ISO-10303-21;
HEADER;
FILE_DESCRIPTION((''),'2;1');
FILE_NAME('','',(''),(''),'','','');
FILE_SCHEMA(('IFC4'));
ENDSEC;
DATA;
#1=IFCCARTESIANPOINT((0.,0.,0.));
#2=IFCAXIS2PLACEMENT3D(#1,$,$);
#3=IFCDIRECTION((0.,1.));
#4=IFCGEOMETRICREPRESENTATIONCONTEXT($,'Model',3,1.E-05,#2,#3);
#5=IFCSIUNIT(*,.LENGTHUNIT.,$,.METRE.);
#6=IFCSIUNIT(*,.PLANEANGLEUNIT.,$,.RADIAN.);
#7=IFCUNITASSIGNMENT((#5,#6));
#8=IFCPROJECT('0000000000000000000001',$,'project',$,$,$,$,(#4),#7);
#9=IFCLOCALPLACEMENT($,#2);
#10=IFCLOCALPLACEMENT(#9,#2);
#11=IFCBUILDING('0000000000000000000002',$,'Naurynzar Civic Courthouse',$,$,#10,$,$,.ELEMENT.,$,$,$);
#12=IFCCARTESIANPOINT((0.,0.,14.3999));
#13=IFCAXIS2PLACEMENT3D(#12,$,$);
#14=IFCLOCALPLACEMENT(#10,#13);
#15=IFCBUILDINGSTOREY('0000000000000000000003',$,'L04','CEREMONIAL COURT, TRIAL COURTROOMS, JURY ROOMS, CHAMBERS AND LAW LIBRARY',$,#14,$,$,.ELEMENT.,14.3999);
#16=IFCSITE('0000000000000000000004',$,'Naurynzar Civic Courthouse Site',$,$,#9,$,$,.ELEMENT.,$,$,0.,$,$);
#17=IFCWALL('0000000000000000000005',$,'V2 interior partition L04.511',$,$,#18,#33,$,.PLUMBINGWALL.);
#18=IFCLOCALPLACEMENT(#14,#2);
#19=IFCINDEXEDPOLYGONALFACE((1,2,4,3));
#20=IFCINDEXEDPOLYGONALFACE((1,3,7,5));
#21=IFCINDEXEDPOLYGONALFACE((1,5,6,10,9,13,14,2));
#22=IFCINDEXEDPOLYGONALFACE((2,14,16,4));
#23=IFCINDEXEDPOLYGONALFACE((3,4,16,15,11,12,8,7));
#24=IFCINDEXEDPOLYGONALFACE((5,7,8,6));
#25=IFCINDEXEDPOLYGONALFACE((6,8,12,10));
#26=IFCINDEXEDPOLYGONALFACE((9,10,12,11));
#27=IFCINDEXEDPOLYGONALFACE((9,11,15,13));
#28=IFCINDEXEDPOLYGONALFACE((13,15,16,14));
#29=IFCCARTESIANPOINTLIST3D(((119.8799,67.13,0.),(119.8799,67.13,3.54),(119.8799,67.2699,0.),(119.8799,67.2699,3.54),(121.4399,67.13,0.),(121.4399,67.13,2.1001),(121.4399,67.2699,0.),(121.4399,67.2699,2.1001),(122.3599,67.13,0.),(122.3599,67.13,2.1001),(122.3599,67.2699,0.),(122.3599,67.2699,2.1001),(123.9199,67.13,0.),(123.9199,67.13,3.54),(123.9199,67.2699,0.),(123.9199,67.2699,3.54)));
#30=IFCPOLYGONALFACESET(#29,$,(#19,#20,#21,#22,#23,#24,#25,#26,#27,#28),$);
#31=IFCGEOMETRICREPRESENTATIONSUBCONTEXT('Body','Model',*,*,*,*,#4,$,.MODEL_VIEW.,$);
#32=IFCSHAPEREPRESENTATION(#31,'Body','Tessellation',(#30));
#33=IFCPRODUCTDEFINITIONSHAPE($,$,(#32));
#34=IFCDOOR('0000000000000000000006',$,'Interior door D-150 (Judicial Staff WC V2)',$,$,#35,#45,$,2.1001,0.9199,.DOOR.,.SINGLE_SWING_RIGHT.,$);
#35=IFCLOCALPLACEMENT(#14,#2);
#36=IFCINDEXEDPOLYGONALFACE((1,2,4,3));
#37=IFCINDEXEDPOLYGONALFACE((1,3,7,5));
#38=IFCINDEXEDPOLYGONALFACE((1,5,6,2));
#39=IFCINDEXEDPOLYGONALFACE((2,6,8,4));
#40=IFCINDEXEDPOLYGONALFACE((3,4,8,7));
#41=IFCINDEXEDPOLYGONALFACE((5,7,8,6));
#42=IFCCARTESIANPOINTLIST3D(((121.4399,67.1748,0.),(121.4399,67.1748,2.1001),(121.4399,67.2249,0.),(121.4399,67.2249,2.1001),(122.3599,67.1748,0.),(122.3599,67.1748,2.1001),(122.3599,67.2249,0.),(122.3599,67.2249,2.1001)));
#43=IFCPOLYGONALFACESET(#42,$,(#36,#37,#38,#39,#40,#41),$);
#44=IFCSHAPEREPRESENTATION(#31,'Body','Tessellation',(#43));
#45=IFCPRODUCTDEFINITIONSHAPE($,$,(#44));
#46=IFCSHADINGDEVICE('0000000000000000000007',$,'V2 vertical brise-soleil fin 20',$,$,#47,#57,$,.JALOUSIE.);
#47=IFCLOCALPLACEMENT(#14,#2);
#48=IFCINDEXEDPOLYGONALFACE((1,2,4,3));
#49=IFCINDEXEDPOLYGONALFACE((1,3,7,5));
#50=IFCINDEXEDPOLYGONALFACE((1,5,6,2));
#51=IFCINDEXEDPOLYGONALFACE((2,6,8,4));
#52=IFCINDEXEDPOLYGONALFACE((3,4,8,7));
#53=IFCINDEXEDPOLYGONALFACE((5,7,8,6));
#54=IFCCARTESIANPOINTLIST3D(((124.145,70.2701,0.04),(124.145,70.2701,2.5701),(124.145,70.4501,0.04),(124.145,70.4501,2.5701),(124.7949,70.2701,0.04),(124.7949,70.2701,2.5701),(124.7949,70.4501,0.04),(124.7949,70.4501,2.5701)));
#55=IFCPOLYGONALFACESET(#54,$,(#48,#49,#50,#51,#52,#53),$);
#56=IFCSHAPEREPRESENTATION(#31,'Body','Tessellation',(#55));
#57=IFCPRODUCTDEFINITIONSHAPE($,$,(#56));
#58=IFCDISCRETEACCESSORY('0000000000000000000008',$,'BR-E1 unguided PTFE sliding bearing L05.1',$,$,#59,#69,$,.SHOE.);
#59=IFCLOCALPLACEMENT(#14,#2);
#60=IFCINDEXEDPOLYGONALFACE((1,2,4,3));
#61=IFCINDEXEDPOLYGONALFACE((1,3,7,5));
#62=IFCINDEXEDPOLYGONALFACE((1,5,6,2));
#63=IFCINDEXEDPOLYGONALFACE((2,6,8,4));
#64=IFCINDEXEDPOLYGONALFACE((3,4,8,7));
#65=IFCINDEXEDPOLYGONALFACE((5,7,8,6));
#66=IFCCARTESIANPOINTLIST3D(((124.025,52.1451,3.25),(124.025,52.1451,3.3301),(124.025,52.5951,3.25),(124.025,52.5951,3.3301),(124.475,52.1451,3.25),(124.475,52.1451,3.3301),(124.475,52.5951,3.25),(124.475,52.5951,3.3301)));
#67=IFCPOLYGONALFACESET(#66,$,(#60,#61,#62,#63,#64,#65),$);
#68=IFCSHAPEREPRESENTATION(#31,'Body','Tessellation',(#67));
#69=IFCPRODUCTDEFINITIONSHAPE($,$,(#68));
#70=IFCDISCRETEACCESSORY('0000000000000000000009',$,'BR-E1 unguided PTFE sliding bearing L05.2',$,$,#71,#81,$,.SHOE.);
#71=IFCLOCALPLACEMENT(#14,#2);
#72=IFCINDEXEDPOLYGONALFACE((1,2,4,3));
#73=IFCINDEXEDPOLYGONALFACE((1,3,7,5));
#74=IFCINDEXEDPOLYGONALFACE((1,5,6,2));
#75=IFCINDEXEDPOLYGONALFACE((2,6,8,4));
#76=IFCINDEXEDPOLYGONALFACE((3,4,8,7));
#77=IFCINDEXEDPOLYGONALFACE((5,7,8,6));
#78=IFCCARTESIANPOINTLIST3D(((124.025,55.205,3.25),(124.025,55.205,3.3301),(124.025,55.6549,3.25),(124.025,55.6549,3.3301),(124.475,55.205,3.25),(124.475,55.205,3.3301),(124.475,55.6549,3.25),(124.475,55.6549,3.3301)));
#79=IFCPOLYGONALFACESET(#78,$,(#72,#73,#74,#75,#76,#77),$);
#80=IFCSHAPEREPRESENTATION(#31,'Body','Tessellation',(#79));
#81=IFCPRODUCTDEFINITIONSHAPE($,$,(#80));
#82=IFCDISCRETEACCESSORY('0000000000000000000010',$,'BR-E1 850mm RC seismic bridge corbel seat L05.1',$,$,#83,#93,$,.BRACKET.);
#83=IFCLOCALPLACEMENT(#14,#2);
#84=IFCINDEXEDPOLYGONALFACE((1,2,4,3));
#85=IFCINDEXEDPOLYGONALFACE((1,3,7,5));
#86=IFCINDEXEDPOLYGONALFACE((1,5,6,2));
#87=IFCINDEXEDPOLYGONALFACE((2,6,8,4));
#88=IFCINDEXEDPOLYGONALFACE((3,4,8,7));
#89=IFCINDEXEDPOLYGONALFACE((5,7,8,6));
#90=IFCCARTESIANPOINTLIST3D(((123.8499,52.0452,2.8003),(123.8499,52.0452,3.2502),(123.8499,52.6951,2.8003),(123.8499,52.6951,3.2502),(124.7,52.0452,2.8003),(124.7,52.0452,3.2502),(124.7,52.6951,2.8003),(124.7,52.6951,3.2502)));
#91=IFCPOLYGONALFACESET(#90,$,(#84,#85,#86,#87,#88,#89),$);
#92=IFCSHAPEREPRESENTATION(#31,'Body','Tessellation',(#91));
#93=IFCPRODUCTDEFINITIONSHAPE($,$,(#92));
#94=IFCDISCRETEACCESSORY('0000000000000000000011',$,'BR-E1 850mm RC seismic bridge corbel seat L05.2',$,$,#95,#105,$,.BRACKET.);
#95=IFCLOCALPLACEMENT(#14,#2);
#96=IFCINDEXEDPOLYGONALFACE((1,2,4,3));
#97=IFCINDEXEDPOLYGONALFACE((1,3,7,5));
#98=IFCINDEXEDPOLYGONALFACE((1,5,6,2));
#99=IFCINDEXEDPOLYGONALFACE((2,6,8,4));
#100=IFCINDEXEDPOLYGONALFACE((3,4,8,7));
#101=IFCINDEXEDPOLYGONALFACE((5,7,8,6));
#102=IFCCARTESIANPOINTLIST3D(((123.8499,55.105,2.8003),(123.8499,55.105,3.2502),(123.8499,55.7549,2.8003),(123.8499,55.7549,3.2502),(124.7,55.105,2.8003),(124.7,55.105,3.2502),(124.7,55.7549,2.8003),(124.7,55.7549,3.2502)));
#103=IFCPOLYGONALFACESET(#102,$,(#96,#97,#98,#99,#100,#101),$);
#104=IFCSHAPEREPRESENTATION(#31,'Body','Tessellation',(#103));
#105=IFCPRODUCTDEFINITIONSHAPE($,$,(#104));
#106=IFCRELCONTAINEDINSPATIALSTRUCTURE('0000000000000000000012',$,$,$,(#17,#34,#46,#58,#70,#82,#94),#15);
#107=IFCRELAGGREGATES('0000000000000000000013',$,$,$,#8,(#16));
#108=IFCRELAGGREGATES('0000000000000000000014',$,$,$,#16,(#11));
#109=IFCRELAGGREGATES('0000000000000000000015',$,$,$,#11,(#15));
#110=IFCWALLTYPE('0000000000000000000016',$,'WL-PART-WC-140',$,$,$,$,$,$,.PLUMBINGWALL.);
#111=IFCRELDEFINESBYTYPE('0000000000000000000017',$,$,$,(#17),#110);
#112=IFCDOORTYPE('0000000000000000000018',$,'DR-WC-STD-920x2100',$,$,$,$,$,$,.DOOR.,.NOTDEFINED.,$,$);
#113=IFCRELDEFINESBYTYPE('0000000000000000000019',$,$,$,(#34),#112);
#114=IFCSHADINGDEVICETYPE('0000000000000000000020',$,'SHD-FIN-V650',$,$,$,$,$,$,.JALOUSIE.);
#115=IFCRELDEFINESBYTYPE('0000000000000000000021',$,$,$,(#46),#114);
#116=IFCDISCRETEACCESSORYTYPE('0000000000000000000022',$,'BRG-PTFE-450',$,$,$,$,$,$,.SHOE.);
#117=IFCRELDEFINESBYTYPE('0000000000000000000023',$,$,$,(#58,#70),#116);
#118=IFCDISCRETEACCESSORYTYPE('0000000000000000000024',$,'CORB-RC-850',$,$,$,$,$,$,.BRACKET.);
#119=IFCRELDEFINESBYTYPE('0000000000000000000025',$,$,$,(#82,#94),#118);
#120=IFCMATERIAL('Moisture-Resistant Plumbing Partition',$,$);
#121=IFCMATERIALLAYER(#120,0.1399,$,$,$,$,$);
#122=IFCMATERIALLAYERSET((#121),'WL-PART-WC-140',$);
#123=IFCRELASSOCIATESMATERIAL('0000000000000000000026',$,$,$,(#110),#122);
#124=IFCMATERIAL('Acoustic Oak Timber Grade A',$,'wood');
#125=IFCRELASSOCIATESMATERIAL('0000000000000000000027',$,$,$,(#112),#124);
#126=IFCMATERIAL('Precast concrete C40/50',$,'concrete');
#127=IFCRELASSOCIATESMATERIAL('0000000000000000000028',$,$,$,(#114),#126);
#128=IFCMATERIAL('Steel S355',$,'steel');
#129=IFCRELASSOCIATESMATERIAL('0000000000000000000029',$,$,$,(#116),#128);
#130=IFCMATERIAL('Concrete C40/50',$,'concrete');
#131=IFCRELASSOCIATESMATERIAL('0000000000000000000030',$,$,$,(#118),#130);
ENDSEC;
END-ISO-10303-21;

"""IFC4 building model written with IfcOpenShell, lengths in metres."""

from ifc_helpers import new_model, si_unit, direction, frame, frame_2d, origin, origin_2d, place, context, subcontext, project, spatial, rectangle, extrude, material, layer, layer_set, type_object, element, fill, save


model = new_model("IFC4")

# Units and contexts
model_context = context("Model", 3, precision=1e-05, world=origin(), true_north=direction((0.0, 1.0)))
body_context = subcontext(model_context, "Body", "Model", "MODEL_VIEW")
ifc_project = project(units=[si_unit("LENGTHUNIT", "METRE"), si_unit("PLANEANGLEUNIT", "RADIAN")], contexts=[model_context])

# Site, building, storey
site_placement = place(None, origin())
site = spatial("IfcSite", under=ifc_project, at=site_placement, Name="Naurynzar Civic Courthouse Site", CompositionType="ELEMENT", RefElevation=0.0)
building_placement = place(site_placement, origin())
building = spatial("IfcBuilding", under=site, at=building_placement, Name="Naurynzar Civic Courthouse", CompositionType="ELEMENT")
storey_placement = place(building_placement, frame((0.0, 0.0, 14.3999)))
storey = spatial("IfcBuildingStorey", under=building, at=storey_placement, Name="L04", Description="CEREMONIAL COURT, TRIAL COURTROOMS, JURY ROOMS, CHAMBERS AND LAW LIBRARY", CompositionType="ELEMENT", Elevation=14.3999)

# Wall, opening, door
ifc_material_1 = material(Name="Moisture-Resistant Plumbing Partition")
ifc_layer_1 = layer(ifc_material_1, 0.1399)
ifc_layer_set_1 = layer_set([ifc_layer_1], Name="WL-PART-WC-140")
wall_type_1 = type_object("IfcWallType", Name="WL-PART-WC-140", PredefinedType="PLUMBINGWALL", material=ifc_layer_set_1)
wall_1_placement = place(storey_placement, frame((119.8799, 67.2, 0.0), z_axis=(0.0, 0.0, 1.0), x_axis=(1.0, 0.0, 0.0)))
wall_1 = element("IfcWall", 1, at=wall_1_placement, inside=storey, type_object=wall_type_1, Name="V2 interior partition L04.511", PredefinedType="PLUMBINGWALL", context=body_context, shape_type="SweptSolid", body=[
    extrude(rectangle(XDim=4.04, YDim=0.1399, at=frame_2d((2.02, 0.0))), origin(), (0.0, 0.0, 1.0), 3.54),
])
opening_1_placement = place(wall_1_placement, frame((1.5601, 0.0, 0.0)))
opening_1 = element("IfcOpeningElement", 2, at=opening_1_placement, cuts=wall_1, PredefinedType="OPENING", context=body_context, shape_type="SweptSolid", body=[
    extrude(rectangle(XDim=0.9199, YDim=2.1001, at=frame_2d((0.46, 1.05))), frame((0.0, 0.0798, 0.0), z_axis=(0.0, -1.0, 0.0), x_axis=(1.0, 0.0, 0.0)), (0.0, 0.0, 1.0), 0.1599),
])
ifc_material_2 = material(Name="Acoustic Oak Timber Grade A", Category="wood")
door_type_1 = type_object("IfcDoorType", Name="DR-WC-STD-920x2100", OperationType="NOTDEFINED", PredefinedType="DOOR", material=ifc_material_2)
door_1_placement = place(opening_1_placement, origin())
door_1 = element("IfcDoor", 3, at=door_1_placement, inside=storey, type_object=door_type_1, Name="Interior door D-150 (Judicial Staff WC V2)", OperationType="SINGLE_SWING_RIGHT", OverallHeight=2.1001, OverallWidth=0.9199, PredefinedType="DOOR", context=body_context, shape_type="SweptSolid", body=[
    extrude(rectangle(XDim=0.9199, YDim=2.1001, at=frame_2d((0.46, 1.05))), frame((0.0, 0.0249, 0.0), z_axis=(0.0, -1.0, 0.0), x_axis=(1.0, 0.0, 0.0)), (0.0, 0.0, 1.0), 0.05),
])
fill(opening_1, door_1)

# Shading device
ifc_material_3 = material(Name="Precast concrete C40/50", Category="concrete")
shading_device_type = type_object("IfcShadingDeviceType", Name="SHD-FIN-V650", PredefinedType="JALOUSIE", material=ifc_material_3)
shading_device_placement = place(storey_placement, frame((124.47, 70.3601, 0.04), z_axis=(0.0, 0.0, 1.0), x_axis=(0.0, -1.0, 0.0)))
element("IfcShadingDevice", 4, at=shading_device_placement, inside=storey, type_object=shading_device_type, Name="V2 vertical brise-soleil fin 20", PredefinedType="JALOUSIE", context=body_context, shape_type="SweptSolid", body=[
    extrude(rectangle(XDim=0.1799, YDim=0.6499, at=origin_2d()), origin(), (0.0, 0.0, 1.0), 2.53),
])

# Discrete accessories
ifc_material_4 = material(Name="Steel S355", Category="steel")
discrete_accessory_type_1 = type_object("IfcDiscreteAccessoryType", Name="BRG-PTFE-450", PredefinedType="SHOE", material=ifc_material_4)
for number, where, z_axis, x_axis, name in (
    (5, (124.25, 52.3701, 3.25), (0.0, 0.0, 1.0), (1.0, 0.0, 0.0), "BR-E1 unguided PTFE sliding bearing L05.1"),
    (6, (124.25, 55.4299, 3.25), (0.0, 0.0, 1.0), (1.0, 0.0, 0.0), "BR-E1 unguided PTFE sliding bearing L05.2"),
):
    element("IfcDiscreteAccessory", number, at=place(storey_placement, frame(where, z_axis=z_axis, x_axis=x_axis)), inside=storey, type_object=discrete_accessory_type_1, Name=name, PredefinedType="SHOE", context=body_context, shape_type="SweptSolid", body=[
        extrude(rectangle(XDim=0.45, YDim=0.45, at=origin_2d()), origin(), (0.0, 0.0, 1.0), 0.0801),
    ])
ifc_material_5 = material(Name="Concrete C40/50", Category="concrete")
discrete_accessory_type_2 = type_object("IfcDiscreteAccessoryType", Name="CORB-RC-850", PredefinedType="BRACKET", material=ifc_material_5)
for number, where, z_axis, x_axis, name in (
    (7, (124.2749, 52.3701, 2.8003), (0.0, 0.0, 1.0), (1.0, 0.0, 0.0), "BR-E1 850mm RC seismic bridge corbel seat L05.1"),
    (8, (124.2749, 55.4299, 2.8003), (0.0, 0.0, 1.0), (1.0, 0.0, 0.0), "BR-E1 850mm RC seismic bridge corbel seat L05.2"),
):
    element("IfcDiscreteAccessory", number, at=place(storey_placement, frame(where, z_axis=z_axis, x_axis=x_axis)), inside=storey, type_object=discrete_accessory_type_2, Name=name, PredefinedType="BRACKET", context=body_context, shape_type="SweptSolid", body=[
        extrude(rectangle(XDim=0.8501, YDim=0.6499, at=origin_2d()), origin(), (0.0, 0.0, 1.0), 0.45),
    ])

save(model, "model.ifc")
